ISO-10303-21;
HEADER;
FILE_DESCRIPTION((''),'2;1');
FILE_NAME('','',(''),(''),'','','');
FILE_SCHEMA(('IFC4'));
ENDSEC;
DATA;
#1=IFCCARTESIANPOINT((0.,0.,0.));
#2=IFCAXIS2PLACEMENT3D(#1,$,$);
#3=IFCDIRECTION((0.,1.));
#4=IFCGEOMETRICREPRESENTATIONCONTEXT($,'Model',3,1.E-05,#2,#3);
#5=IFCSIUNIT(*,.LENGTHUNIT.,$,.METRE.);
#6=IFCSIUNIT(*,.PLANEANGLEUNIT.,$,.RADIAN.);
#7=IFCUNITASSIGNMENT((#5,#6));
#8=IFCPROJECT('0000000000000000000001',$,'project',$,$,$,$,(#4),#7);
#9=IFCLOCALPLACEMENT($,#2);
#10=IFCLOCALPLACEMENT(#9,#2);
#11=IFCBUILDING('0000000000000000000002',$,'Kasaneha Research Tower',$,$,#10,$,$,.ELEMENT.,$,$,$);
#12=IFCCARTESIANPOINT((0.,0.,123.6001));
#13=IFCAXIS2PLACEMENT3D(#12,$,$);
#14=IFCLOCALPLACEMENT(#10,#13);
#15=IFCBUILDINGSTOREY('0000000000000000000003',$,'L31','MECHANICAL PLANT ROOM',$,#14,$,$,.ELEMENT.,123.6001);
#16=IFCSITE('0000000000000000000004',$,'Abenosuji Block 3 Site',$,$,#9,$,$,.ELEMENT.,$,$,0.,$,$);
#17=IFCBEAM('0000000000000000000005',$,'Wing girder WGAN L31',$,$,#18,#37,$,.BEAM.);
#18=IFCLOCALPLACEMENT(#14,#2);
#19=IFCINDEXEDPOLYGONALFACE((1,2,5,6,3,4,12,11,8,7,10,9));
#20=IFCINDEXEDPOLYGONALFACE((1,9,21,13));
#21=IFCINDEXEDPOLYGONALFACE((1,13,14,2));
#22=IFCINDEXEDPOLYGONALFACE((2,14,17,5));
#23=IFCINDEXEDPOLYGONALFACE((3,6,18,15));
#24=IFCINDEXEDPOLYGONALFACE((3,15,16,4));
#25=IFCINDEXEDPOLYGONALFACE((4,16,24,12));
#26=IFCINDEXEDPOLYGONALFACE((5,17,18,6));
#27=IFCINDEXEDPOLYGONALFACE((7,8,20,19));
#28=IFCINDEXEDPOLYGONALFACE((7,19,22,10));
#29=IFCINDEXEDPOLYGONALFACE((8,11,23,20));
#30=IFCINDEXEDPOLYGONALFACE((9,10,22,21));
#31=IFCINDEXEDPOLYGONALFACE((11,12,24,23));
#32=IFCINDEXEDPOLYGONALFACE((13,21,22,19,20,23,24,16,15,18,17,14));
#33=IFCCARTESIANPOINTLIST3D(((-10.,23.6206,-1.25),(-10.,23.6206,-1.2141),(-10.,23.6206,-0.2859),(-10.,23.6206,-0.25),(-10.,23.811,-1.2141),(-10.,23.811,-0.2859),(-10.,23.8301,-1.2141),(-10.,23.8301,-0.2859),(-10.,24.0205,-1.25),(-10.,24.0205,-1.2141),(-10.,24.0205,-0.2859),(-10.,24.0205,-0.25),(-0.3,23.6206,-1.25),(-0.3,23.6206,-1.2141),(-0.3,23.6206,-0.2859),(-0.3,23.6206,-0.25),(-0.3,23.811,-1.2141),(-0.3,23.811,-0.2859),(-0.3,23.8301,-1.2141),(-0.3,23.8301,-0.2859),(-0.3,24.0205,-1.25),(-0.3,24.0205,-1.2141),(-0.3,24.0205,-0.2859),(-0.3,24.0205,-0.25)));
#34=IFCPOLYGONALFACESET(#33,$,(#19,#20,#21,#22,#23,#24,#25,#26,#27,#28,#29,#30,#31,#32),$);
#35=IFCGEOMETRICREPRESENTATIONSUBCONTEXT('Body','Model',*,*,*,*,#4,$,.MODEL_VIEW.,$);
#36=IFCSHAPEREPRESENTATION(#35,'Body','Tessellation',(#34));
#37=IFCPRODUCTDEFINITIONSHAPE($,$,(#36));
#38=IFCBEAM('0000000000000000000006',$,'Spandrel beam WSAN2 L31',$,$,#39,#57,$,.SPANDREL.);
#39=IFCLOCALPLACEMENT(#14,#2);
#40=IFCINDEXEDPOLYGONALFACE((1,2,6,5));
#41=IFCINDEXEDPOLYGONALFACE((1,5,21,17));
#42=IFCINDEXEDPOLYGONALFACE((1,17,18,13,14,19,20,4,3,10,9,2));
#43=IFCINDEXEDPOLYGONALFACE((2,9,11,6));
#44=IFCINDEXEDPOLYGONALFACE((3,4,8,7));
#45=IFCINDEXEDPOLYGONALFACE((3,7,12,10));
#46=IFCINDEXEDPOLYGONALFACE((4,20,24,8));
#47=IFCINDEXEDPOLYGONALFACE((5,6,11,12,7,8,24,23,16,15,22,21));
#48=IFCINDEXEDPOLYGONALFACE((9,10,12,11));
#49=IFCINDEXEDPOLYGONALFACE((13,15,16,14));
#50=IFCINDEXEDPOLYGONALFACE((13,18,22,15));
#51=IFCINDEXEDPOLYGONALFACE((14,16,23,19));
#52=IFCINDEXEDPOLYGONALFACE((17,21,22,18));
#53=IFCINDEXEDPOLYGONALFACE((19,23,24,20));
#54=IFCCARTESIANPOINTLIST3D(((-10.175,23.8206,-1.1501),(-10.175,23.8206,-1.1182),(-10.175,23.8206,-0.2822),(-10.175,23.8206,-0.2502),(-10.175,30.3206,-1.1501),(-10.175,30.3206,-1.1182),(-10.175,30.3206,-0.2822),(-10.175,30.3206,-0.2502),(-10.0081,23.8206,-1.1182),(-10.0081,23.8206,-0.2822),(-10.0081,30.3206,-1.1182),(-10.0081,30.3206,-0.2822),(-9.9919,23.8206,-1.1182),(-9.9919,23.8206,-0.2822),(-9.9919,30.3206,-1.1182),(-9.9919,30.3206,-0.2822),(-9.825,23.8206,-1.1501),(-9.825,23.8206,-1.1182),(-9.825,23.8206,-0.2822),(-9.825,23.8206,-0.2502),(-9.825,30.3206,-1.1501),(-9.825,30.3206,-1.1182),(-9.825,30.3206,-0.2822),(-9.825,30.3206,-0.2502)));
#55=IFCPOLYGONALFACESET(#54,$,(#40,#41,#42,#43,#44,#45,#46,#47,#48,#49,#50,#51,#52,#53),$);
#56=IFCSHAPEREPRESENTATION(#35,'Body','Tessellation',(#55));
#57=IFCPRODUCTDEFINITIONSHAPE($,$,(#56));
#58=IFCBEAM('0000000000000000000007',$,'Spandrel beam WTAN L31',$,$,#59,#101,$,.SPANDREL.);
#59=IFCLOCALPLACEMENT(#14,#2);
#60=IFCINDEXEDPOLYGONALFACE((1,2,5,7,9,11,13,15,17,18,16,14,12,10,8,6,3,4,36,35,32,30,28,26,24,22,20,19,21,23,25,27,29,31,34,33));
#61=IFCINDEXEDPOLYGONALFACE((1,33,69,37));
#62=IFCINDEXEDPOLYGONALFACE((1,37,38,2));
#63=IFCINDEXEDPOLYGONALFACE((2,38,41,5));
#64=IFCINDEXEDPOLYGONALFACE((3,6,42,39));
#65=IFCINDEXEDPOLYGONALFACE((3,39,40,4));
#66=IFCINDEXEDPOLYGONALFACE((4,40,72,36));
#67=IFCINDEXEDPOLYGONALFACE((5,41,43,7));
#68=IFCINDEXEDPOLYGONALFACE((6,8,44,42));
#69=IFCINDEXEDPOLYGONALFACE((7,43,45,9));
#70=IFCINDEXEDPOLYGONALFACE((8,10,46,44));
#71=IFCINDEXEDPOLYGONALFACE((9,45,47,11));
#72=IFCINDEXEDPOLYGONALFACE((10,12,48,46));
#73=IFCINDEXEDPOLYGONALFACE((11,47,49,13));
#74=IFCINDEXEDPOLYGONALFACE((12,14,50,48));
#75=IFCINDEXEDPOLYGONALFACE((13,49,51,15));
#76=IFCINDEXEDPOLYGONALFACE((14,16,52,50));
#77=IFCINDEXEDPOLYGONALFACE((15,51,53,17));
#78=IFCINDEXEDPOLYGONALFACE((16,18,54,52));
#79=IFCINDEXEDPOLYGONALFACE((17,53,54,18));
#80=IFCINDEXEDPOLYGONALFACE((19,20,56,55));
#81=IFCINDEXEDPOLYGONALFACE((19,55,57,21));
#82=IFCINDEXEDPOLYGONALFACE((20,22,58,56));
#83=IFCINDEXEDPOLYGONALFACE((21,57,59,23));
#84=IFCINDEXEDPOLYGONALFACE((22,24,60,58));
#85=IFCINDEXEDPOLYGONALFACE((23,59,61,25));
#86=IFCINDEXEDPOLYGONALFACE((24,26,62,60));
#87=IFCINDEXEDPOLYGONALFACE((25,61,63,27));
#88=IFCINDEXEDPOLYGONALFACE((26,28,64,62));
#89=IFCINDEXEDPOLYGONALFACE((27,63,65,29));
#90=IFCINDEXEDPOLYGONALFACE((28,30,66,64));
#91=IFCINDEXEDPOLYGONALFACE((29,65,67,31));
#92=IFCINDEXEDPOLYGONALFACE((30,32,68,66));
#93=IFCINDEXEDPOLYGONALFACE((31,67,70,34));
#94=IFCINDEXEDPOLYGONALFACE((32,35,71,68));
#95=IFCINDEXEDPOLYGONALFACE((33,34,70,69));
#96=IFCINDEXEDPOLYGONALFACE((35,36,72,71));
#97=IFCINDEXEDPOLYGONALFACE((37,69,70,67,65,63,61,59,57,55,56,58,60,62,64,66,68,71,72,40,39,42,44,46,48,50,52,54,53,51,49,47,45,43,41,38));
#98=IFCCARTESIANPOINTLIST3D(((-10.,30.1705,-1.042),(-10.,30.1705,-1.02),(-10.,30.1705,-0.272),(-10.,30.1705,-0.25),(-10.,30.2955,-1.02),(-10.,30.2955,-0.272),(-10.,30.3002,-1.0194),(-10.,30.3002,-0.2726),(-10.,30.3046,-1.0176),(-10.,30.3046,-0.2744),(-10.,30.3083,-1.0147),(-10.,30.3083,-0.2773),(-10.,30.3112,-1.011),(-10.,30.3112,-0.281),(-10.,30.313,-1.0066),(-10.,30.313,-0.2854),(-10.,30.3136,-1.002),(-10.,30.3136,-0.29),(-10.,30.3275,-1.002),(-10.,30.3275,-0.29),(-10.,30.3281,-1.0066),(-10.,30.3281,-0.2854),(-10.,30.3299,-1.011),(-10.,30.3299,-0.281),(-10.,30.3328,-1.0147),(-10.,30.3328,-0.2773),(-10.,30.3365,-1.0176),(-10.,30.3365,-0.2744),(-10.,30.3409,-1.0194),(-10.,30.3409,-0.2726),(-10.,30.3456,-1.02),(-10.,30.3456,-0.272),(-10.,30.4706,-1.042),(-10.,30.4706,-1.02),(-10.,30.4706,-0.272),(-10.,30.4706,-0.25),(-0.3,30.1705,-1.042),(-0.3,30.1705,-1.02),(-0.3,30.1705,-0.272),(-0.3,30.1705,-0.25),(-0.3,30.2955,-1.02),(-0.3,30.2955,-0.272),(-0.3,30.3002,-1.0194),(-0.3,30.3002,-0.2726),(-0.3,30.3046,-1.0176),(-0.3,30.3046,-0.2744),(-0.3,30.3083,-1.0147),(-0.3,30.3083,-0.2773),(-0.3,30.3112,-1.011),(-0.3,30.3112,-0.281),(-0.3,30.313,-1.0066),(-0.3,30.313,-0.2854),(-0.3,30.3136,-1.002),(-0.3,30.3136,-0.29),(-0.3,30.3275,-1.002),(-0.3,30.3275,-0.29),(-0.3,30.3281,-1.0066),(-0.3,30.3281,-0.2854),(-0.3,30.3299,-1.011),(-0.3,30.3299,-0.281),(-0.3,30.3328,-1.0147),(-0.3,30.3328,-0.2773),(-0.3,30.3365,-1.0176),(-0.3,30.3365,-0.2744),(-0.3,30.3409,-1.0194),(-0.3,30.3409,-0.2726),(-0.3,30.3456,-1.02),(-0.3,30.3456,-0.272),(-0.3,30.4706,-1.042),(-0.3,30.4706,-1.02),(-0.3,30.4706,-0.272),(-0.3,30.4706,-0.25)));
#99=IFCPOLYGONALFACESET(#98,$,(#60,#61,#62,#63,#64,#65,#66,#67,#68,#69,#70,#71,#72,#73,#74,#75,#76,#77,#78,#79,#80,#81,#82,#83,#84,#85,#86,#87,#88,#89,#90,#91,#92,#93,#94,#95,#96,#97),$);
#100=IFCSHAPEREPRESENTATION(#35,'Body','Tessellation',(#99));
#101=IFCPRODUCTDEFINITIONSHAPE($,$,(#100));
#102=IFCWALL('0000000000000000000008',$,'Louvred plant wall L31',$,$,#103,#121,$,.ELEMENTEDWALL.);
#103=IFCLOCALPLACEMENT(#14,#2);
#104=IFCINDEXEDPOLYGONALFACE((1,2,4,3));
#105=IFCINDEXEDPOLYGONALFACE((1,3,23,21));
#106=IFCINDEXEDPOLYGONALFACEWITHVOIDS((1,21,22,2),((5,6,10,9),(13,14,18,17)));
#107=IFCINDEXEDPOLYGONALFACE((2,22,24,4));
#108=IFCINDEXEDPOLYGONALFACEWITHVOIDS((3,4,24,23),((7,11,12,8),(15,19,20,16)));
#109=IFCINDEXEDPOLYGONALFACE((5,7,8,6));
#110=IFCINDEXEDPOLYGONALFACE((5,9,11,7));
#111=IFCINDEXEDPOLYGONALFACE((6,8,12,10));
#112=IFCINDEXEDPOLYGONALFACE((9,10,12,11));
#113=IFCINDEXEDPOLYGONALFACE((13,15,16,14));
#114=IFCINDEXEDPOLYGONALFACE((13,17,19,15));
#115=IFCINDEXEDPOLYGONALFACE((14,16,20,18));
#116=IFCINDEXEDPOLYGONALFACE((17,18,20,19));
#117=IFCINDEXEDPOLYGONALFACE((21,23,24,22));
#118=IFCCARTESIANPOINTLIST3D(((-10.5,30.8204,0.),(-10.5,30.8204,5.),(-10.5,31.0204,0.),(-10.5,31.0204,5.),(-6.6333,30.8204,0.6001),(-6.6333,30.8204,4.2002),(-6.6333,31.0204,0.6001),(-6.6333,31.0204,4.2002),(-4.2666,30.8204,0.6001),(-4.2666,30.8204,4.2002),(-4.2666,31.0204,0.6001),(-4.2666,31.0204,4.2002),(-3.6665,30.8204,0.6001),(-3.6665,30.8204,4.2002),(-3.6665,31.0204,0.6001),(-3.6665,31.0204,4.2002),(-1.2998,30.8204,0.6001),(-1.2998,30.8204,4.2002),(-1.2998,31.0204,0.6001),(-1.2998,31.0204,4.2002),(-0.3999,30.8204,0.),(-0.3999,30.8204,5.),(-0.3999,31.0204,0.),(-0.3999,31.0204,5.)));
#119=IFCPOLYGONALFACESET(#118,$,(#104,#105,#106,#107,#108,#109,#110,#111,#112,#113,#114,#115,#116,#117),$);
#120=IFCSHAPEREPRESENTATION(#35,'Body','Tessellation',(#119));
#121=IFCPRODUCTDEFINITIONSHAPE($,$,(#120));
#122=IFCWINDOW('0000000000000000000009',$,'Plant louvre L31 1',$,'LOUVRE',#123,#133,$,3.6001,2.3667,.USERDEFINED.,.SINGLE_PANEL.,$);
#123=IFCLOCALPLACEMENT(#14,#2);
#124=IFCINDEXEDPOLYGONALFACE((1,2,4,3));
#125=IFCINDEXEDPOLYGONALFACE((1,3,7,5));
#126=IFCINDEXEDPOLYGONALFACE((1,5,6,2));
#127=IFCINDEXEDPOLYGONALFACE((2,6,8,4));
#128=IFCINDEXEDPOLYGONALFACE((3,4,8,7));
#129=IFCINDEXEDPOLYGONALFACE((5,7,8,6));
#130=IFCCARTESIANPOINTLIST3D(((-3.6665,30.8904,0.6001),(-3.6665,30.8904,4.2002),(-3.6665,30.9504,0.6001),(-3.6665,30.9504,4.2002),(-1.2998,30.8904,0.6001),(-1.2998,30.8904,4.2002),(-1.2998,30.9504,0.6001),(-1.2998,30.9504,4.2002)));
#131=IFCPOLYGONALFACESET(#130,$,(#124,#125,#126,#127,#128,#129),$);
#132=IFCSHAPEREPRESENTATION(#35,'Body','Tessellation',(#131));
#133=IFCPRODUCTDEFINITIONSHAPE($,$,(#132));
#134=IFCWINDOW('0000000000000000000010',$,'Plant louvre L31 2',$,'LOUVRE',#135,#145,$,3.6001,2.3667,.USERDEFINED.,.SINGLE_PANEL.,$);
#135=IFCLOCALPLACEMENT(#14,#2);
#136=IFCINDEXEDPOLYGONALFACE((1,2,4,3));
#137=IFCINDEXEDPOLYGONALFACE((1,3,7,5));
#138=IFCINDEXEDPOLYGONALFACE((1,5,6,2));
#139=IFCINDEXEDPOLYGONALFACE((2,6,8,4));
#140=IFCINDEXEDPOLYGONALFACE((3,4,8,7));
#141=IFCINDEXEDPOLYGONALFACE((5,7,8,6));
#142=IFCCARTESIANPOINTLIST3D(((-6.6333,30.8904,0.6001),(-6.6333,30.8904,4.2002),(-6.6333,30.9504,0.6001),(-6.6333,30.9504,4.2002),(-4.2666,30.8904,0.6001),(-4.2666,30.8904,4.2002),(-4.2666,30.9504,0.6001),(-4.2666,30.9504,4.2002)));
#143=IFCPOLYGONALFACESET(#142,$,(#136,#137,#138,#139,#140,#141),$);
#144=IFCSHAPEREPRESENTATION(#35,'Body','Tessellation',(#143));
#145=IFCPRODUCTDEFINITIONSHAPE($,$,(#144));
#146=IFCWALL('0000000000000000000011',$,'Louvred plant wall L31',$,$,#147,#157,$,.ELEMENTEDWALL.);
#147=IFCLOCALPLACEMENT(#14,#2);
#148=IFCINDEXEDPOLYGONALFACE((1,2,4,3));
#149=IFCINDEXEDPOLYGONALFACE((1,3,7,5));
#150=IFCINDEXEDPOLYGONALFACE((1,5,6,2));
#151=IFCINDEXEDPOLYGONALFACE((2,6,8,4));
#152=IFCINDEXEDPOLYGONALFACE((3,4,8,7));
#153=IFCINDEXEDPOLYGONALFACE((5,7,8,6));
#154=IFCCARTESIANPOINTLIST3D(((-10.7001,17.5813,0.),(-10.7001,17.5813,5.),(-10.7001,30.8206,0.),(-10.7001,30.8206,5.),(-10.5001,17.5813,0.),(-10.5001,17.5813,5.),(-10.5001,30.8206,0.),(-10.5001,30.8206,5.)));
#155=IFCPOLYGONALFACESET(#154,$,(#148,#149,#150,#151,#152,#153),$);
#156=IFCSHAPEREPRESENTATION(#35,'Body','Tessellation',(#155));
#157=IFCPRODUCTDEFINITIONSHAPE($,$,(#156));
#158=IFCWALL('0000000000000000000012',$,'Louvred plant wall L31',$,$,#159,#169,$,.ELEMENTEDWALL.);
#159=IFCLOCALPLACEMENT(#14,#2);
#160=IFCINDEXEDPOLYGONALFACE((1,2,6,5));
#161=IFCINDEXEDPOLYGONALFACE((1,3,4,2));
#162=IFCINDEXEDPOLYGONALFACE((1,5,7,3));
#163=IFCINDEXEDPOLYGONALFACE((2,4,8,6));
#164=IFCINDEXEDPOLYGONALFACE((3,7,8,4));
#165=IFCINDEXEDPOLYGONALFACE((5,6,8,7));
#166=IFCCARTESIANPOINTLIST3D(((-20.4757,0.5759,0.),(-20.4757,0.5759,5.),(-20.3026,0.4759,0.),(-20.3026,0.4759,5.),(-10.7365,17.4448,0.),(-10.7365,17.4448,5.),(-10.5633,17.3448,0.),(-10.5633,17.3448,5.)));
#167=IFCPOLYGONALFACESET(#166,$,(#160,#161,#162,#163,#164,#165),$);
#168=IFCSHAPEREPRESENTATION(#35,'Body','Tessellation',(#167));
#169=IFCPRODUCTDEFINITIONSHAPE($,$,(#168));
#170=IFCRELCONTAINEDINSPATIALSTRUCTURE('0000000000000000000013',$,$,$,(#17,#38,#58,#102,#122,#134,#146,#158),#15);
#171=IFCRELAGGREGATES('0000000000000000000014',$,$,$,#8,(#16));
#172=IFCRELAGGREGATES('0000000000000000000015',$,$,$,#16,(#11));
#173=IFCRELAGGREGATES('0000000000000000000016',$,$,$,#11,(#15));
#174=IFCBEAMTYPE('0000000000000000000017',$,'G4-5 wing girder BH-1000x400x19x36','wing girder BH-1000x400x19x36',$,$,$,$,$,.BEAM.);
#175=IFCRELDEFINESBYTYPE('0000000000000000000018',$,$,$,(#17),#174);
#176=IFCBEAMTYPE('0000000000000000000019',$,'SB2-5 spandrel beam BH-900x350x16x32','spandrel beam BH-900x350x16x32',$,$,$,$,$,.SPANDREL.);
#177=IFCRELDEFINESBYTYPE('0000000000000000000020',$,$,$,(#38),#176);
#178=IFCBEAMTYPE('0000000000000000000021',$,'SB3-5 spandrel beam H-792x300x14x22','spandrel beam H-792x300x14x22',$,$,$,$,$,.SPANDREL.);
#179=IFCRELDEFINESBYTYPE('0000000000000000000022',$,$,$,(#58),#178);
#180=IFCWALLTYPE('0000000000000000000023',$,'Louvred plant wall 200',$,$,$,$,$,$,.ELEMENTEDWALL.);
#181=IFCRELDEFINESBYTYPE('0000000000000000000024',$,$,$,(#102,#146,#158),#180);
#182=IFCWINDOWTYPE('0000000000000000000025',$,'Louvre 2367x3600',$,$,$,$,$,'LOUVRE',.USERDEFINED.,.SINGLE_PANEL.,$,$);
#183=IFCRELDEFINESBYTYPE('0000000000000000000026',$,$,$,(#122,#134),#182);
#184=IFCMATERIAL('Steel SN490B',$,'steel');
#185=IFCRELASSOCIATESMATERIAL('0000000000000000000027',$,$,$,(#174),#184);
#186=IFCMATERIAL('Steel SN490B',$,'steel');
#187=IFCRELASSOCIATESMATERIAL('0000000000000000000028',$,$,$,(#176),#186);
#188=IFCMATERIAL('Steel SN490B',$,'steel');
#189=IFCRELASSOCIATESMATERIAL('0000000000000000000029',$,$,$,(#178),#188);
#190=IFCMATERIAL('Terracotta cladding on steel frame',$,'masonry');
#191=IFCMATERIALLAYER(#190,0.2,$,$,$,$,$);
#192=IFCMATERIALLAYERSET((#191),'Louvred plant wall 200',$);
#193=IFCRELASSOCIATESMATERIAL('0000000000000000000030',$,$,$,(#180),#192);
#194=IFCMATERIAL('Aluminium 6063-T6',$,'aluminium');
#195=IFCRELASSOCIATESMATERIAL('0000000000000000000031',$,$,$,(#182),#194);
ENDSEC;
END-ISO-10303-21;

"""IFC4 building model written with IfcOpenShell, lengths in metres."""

from ifc_helpers import new_model, si_unit, direction, frame, frame_2d, origin, origin_2d, place, context, subcontext, project, spatial, rectangle, i_section, extrude, material, layer, layer_set, material_profile, profile_set, type_object, element, fill, save


model = new_model("IFC4")

# Units and contexts
model_context = context("Model", 3, precision=1e-05, world=origin(), true_north=direction((0.0, 1.0)))
body_context = subcontext(model_context, "Body", "Model", "MODEL_VIEW")
ifc_project = project(units=[si_unit("LENGTHUNIT", "METRE"), si_unit("PLANEANGLEUNIT", "RADIAN")], contexts=[model_context])

# Site, building, storey
site_placement = place(None, origin())
site = spatial("IfcSite", under=ifc_project, at=site_placement, Name="Abenosuji Block 3 Site", CompositionType="ELEMENT", RefElevation=0.0)
building_placement = place(site_placement, origin())
building = spatial("IfcBuilding", under=site, at=building_placement, Name="Kasaneha Research Tower", CompositionType="ELEMENT")
storey_placement = place(building_placement, frame((0.0, 0.0, 123.6001)))
storey = spatial("IfcBuildingStorey", under=building, at=storey_placement, Name="L31", Description="MECHANICAL PLANT ROOM", CompositionType="ELEMENT", Elevation=123.6001)

# Beams
ifc_material_1 = material(Name="Steel SN490B", Category="steel")
ifc_material_profile_1 = material_profile(ifc_material_1, i_section(OverallWidth=0.3999, OverallDepth=1.0, WebThickness=0.019, FlangeThickness=0.0359, at=origin_2d()), Name="BH-1000x400x19x36")
ifc_profile_set_1 = profile_set([ifc_material_profile_1], Name="Steel SN490B")
beam_type_1 = type_object("IfcBeamType", Name="G4-5 wing girder BH-1000x400x19x36", Description="wing girder BH-1000x400x19x36", PredefinedType="BEAM", material=ifc_profile_set_1)
beam_1_placement = place(storey_placement, frame((-10.0, 23.8206, -0.75), z_axis=(1.0, 0.0, 0.0), x_axis=(0.0, 1.0, 0.0)))
element("IfcBeam", 1, at=beam_1_placement, inside=storey, type_object=beam_type_1, Name="Wing girder WGAN L31", PredefinedType="BEAM", context=body_context, shape_type="SweptSolid", body=[
    extrude(i_section(OverallWidth=0.3999, OverallDepth=1.0, WebThickness=0.019, FlangeThickness=0.0359, at=origin_2d()), origin(), (0.0, 0.0, 1.0), 9.7),
])
ifc_material_2 = material(Name="Steel SN490B", Category="steel")
ifc_material_profile_2 = material_profile(ifc_material_2, i_section(OverallWidth=0.3501, OverallDepth=0.8999, WebThickness=0.0161, FlangeThickness=0.032, at=origin_2d()), Name="BH-900x350x16x32")
ifc_profile_set_2 = profile_set([ifc_material_profile_2], Name="Steel SN490B")
beam_type_2 = type_object("IfcBeamType", Name="SB2-5 spandrel beam BH-900x350x16x32", Description="spandrel beam BH-900x350x16x32", PredefinedType="SPANDREL", material=ifc_profile_set_2)
beam_2_placement = place(storey_placement, frame((-10.0, 23.8206, -0.7002), z_axis=(0.0, 1.0, 0.0), x_axis=(-1.0, 0.0, 0.0)))
element("IfcBeam", 2, at=beam_2_placement, inside=storey, type_object=beam_type_2, Name="Spandrel beam WSAN2 L31", PredefinedType="SPANDREL", context=body_context, shape_type="SweptSolid", body=[
    extrude(i_section(OverallWidth=0.3501, OverallDepth=0.8999, WebThickness=0.0161, FlangeThickness=0.032, at=origin_2d()), origin(), (0.0, 0.0, 1.0), 6.5),
])
ifc_material_3 = material(Name="Steel SN490B", Category="steel")
ifc_material_profile_3 = material_profile(ifc_material_3, i_section(OverallWidth=0.3, OverallDepth=0.792, WebThickness=0.0139, FlangeThickness=0.022, FilletRadius=0.0181, at=origin_2d()), Name="H-792x300x14x22")
ifc_profile_set_3 = profile_set([ifc_material_profile_3], Name="Steel SN490B")
beam_type_3 = type_object("IfcBeamType", Name="SB3-5 spandrel beam H-792x300x14x22", Description="spandrel beam H-792x300x14x22", PredefinedType="SPANDREL", material=ifc_profile_set_3)
beam_3_placement = place(storey_placement, frame((-10.0, 30.3206, -0.646), z_axis=(1.0, 0.0, 0.0), x_axis=(0.0, 1.0, 0.0)))
element("IfcBeam", 3, at=beam_3_placement, inside=storey, type_object=beam_type_3, Name="Spandrel beam WTAN L31", PredefinedType="SPANDREL", context=body_context, shape_type="SweptSolid", body=[
    extrude(i_section(OverallWidth=0.3, OverallDepth=0.792, WebThickness=0.0139, FlangeThickness=0.022, FilletRadius=0.0181, at=origin_2d()), origin(), (0.0, 0.0, 1.0), 9.7),
])

# Wall, openings, windows
ifc_material_4 = material(Name="Terracotta cladding on steel frame", Category="masonry")
ifc_layer_1 = layer(ifc_material_4, 0.2)
ifc_layer_set_1 = layer_set([ifc_layer_1], Name="Louvred plant wall 200")
wall_type_1 = type_object("IfcWallType", Name="Louvred plant wall 200", PredefinedType="ELEMENTEDWALL", material=ifc_layer_set_1)
wall_1_placement = place(storey_placement, frame((-0.3999, 30.9204, 0.0), z_axis=(0.0, 0.0, 1.0), x_axis=(-1.0, 0.0, 0.0)))
wall_1 = element("IfcWall", 4, at=wall_1_placement, inside=storey, type_object=wall_type_1, Name="Louvred plant wall L31", PredefinedType="ELEMENTEDWALL", context=body_context, shape_type="SweptSolid", body=[
    extrude(rectangle(XDim=10.1001, YDim=0.2, at=frame_2d((5.05, 0.0))), origin(), (0.0, 0.0, 1.0), 5.0),
])
opening_1_placement = place(wall_1_placement, frame((0.8999, 0.0, 0.6001)))
opening_1 = element("IfcOpeningElement", 5, at=opening_1_placement, cuts=wall_1, PredefinedType="OPENING", context=body_context, shape_type="SweptSolid", body=[
    extrude(rectangle(XDim=2.3667, YDim=3.6001, at=frame_2d((1.1833, 1.8))), frame((0.0, 0.1099, 0.0), z_axis=(0.0, -1.0, 0.0), x_axis=(1.0, 0.0, 0.0)), (0.0, 0.0, 1.0), 0.22),
])
opening_2_placement = place(wall_1_placement, frame((3.8667, 0.0, 0.6001)))
opening_2 = element("IfcOpeningElement", 6, at=opening_2_placement, cuts=wall_1, PredefinedType="OPENING", context=body_context, shape_type="SweptSolid", body=[
    extrude(rectangle(XDim=2.3667, YDim=3.6001, at=frame_2d((1.1833, 1.8))), frame((0.0, 0.1099, 0.0), z_axis=(0.0, -1.0, 0.0), x_axis=(1.0, 0.0, 0.0)), (0.0, 0.0, 1.0), 0.22),
])
ifc_material_5 = material(Name="Aluminium 6063-T6", Category="aluminium")
window_type = type_object("IfcWindowType", Name="Louvre 2367x3600", ElementType="LOUVRE", PartitioningType="SINGLE_PANEL", PredefinedType="USERDEFINED", material=ifc_material_5)
window_1_placement = place(opening_1_placement, origin())
window_1 = element("IfcWindow", 7, at=window_1_placement, inside=storey, type_object=window_type, Name="Plant louvre L31 1", ObjectType="LOUVRE", OverallHeight=3.6001, OverallWidth=2.3667, PartitioningType="SINGLE_PANEL", PredefinedType="USERDEFINED", context=body_context, shape_type="SweptSolid", body=[
    extrude(rectangle(XDim=2.3667, YDim=3.6001, at=frame_2d((1.1833, 1.8))), frame((0.0, 0.03, 0.0), z_axis=(0.0, -1.0, 0.0), x_axis=(1.0, 0.0, 0.0)), (0.0, 0.0, 1.0), 0.0601),
])
fill(opening_1, window_1)
window_2_placement = place(opening_2_placement, origin())
window_2 = element("IfcWindow", 8, at=window_2_placement, inside=storey, type_object=window_type, Name="Plant louvre L31 2", ObjectType="LOUVRE", OverallHeight=3.6001, OverallWidth=2.3667, PartitioningType="SINGLE_PANEL", PredefinedType="USERDEFINED", context=body_context, shape_type="SweptSolid", body=[
    extrude(rectangle(XDim=2.3667, YDim=3.6001, at=frame_2d((1.1833, 1.8))), frame((0.0, 0.03, 0.0), z_axis=(0.0, -1.0, 0.0), x_axis=(1.0, 0.0, 0.0)), (0.0, 0.0, 1.0), 0.0601),
])
fill(opening_2, window_2)

# Walls
wall_2_placement = place(storey_placement, frame((-10.6001, 30.8206, 0.0), z_axis=(0.0, 0.0, 1.0), x_axis=(0.0, -1.0, 0.0)))
element("IfcWall", 9, at=wall_2_placement, inside=storey, type_object=wall_type_1, Name="Louvred plant wall L31", PredefinedType="ELEMENTEDWALL", context=body_context, shape_type="SweptSolid", body=[
    extrude(rectangle(XDim=13.2393, YDim=0.2, at=frame_2d((6.6196, 0.0))), origin(), (0.0, 0.0, 1.0), 5.0),
])
wall_3_placement = place(storey_placement, frame((-10.6499, 17.3948, 0.0), z_axis=(0.0, 0.0, 1.0), x_axis=(-0.5, -0.866025, 0.0)))
element("IfcWall", 10, at=wall_3_placement, inside=storey, type_object=wall_type_1, Name="Louvred plant wall L31", PredefinedType="ELEMENTEDWALL", context=body_context, shape_type="SweptSolid", body=[
    extrude(rectangle(XDim=19.4785, YDim=0.2, at=frame_2d((9.7393, 0.0))), origin(), (0.0, 0.0, 1.0), 5.0),
])

save(model, "model.ifc")
